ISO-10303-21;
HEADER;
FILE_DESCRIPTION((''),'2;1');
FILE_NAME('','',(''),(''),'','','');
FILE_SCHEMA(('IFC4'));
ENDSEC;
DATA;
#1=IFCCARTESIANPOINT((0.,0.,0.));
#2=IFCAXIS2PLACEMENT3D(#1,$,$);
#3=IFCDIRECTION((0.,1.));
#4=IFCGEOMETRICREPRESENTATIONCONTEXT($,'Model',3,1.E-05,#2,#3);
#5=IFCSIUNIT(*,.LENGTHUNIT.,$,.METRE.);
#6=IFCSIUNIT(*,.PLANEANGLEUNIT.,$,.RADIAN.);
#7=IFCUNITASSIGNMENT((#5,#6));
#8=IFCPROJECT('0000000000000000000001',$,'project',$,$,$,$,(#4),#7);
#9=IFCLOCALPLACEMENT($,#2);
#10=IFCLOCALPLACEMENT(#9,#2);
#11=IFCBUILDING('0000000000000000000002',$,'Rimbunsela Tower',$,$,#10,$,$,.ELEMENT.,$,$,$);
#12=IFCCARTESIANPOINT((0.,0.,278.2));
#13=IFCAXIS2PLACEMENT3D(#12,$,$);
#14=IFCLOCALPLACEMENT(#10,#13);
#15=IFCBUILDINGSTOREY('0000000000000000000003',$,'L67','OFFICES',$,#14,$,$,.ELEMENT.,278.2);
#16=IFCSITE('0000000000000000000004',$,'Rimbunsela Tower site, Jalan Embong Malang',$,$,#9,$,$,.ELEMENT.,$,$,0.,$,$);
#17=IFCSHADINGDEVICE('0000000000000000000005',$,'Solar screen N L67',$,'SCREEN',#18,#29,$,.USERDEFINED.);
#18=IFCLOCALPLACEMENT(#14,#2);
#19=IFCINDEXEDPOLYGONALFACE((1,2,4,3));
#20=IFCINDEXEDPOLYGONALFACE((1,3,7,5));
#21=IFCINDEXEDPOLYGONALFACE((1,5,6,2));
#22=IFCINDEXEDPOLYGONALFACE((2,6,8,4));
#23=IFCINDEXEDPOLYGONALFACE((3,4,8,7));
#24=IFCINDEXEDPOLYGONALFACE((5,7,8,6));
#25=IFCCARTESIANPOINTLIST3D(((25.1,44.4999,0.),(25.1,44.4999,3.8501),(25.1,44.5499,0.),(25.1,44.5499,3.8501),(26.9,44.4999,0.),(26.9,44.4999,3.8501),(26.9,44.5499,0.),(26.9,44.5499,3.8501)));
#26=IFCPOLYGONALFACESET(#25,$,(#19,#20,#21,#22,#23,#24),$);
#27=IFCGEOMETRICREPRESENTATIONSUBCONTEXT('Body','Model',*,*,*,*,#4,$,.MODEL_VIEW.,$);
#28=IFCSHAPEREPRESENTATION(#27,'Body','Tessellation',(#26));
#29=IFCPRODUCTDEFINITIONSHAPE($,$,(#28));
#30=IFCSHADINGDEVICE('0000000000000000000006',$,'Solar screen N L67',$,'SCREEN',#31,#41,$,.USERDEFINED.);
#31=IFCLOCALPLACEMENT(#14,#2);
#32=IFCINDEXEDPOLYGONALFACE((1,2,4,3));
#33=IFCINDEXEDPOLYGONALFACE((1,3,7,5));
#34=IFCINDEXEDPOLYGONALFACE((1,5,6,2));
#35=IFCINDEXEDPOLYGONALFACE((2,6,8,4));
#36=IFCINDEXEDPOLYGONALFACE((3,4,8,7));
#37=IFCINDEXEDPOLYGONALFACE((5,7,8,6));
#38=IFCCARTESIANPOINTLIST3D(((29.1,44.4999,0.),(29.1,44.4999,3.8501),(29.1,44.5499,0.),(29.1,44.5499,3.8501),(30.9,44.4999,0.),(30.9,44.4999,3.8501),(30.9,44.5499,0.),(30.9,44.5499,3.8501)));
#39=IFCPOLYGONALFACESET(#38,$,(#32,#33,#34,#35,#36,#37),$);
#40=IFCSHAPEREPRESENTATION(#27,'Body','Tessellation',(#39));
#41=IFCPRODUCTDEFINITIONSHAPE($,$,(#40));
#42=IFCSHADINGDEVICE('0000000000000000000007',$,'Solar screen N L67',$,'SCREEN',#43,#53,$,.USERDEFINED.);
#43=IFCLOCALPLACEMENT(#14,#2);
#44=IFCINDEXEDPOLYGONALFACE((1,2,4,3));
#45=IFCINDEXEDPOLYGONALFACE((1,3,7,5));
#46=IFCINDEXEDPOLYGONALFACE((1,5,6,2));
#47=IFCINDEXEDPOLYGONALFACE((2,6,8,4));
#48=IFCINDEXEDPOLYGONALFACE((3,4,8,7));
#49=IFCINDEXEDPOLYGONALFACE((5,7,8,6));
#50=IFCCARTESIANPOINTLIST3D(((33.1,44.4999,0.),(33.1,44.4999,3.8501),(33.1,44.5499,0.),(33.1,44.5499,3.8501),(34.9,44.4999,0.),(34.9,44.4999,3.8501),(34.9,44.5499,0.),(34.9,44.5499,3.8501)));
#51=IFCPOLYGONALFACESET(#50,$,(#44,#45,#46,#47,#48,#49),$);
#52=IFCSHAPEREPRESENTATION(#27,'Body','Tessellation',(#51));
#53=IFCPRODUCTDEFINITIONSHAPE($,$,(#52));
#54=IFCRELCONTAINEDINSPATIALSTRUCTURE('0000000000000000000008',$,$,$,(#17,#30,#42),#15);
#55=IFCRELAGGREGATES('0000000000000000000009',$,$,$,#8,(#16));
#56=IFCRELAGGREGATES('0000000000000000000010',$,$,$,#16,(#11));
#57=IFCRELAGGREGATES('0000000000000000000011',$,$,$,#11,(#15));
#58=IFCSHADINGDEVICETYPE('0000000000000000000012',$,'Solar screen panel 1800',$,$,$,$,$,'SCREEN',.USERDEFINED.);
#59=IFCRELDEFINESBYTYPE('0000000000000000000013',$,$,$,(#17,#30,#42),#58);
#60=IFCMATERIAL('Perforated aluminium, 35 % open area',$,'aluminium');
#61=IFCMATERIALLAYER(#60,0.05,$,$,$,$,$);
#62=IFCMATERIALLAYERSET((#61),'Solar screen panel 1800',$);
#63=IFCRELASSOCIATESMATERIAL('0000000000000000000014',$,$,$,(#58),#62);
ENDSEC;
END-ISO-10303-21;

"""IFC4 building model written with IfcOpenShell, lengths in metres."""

from ifc_helpers import new_model, si_unit, direction, frame, origin, origin_2d, place, context, subcontext, project, spatial, rectangle, extrude, material, layer, layer_set, type_object, element, save


model = new_model("IFC4")

# Units and contexts
model_context = context("Model", 3, precision=1e-05, world=origin(), true_north=direction((0.0, 1.0)))
body_context = subcontext(model_context, "Body", "Model", "MODEL_VIEW")
ifc_project = project(units=[si_unit("LENGTHUNIT", "METRE"), si_unit("PLANEANGLEUNIT", "RADIAN")], contexts=[model_context])

# Site, building, storey
site_placement = place(None, origin())
site = spatial("IfcSite", under=ifc_project, at=site_placement, Name="Rimbunsela Tower site, Jalan Embong Malang", CompositionType="ELEMENT", RefElevation=0.0)
building_placement = place(site_placement, origin())
building = spatial("IfcBuilding", under=site, at=building_placement, Name="Rimbunsela Tower", CompositionType="ELEMENT")
storey_placement = place(building_placement, frame((0.0, 0.0, 278.2)))
storey = spatial("IfcBuildingStorey", under=building, at=storey_placement, Name="L67", Description="OFFICES", CompositionType="ELEMENT", Elevation=278.2)

# Shading devices
ifc_material_1 = material(Name="Perforated aluminium, 35 % open area", Category="aluminium")
ifc_layer_1 = layer(ifc_material_1, 0.05)
ifc_layer_set_1 = layer_set([ifc_layer_1], Name="Solar screen panel 1800")
shading_device_type = type_object("IfcShadingDeviceType", Name="Solar screen panel 1800", ElementType="SCREEN", PredefinedType="USERDEFINED", material=ifc_layer_set_1)
for number, where, z_axis, x_axis, name in (
    (1, (26.0, 44.5249, 0.0), (0.0, 0.0, 1.0), (1.0, 0.0, 0.0), "Solar screen N L67"),
    (2, (30.0, 44.5249, 0.0), (0.0, 0.0, 1.0), (1.0, 0.0, 0.0), "Solar screen N L67"),
    (3, (34.0, 44.5249, 0.0), (0.0, 0.0, 1.0), (1.0, 0.0, 0.0), "Solar screen N L67"),
):
    element("IfcShadingDevice", number, at=place(storey_placement, frame(where, z_axis=z_axis, x_axis=x_axis)), inside=storey, type_object=shading_device_type, Name=name, ObjectType="SCREEN", PredefinedType="USERDEFINED", context=body_context, shape_type="SweptSolid", body=[
        extrude(rectangle(XDim=1.8, YDim=0.05, at=origin_2d()), origin(), (0.0, 0.0, 1.0), 3.8501),
    ])

save(model, "model.ifc")
